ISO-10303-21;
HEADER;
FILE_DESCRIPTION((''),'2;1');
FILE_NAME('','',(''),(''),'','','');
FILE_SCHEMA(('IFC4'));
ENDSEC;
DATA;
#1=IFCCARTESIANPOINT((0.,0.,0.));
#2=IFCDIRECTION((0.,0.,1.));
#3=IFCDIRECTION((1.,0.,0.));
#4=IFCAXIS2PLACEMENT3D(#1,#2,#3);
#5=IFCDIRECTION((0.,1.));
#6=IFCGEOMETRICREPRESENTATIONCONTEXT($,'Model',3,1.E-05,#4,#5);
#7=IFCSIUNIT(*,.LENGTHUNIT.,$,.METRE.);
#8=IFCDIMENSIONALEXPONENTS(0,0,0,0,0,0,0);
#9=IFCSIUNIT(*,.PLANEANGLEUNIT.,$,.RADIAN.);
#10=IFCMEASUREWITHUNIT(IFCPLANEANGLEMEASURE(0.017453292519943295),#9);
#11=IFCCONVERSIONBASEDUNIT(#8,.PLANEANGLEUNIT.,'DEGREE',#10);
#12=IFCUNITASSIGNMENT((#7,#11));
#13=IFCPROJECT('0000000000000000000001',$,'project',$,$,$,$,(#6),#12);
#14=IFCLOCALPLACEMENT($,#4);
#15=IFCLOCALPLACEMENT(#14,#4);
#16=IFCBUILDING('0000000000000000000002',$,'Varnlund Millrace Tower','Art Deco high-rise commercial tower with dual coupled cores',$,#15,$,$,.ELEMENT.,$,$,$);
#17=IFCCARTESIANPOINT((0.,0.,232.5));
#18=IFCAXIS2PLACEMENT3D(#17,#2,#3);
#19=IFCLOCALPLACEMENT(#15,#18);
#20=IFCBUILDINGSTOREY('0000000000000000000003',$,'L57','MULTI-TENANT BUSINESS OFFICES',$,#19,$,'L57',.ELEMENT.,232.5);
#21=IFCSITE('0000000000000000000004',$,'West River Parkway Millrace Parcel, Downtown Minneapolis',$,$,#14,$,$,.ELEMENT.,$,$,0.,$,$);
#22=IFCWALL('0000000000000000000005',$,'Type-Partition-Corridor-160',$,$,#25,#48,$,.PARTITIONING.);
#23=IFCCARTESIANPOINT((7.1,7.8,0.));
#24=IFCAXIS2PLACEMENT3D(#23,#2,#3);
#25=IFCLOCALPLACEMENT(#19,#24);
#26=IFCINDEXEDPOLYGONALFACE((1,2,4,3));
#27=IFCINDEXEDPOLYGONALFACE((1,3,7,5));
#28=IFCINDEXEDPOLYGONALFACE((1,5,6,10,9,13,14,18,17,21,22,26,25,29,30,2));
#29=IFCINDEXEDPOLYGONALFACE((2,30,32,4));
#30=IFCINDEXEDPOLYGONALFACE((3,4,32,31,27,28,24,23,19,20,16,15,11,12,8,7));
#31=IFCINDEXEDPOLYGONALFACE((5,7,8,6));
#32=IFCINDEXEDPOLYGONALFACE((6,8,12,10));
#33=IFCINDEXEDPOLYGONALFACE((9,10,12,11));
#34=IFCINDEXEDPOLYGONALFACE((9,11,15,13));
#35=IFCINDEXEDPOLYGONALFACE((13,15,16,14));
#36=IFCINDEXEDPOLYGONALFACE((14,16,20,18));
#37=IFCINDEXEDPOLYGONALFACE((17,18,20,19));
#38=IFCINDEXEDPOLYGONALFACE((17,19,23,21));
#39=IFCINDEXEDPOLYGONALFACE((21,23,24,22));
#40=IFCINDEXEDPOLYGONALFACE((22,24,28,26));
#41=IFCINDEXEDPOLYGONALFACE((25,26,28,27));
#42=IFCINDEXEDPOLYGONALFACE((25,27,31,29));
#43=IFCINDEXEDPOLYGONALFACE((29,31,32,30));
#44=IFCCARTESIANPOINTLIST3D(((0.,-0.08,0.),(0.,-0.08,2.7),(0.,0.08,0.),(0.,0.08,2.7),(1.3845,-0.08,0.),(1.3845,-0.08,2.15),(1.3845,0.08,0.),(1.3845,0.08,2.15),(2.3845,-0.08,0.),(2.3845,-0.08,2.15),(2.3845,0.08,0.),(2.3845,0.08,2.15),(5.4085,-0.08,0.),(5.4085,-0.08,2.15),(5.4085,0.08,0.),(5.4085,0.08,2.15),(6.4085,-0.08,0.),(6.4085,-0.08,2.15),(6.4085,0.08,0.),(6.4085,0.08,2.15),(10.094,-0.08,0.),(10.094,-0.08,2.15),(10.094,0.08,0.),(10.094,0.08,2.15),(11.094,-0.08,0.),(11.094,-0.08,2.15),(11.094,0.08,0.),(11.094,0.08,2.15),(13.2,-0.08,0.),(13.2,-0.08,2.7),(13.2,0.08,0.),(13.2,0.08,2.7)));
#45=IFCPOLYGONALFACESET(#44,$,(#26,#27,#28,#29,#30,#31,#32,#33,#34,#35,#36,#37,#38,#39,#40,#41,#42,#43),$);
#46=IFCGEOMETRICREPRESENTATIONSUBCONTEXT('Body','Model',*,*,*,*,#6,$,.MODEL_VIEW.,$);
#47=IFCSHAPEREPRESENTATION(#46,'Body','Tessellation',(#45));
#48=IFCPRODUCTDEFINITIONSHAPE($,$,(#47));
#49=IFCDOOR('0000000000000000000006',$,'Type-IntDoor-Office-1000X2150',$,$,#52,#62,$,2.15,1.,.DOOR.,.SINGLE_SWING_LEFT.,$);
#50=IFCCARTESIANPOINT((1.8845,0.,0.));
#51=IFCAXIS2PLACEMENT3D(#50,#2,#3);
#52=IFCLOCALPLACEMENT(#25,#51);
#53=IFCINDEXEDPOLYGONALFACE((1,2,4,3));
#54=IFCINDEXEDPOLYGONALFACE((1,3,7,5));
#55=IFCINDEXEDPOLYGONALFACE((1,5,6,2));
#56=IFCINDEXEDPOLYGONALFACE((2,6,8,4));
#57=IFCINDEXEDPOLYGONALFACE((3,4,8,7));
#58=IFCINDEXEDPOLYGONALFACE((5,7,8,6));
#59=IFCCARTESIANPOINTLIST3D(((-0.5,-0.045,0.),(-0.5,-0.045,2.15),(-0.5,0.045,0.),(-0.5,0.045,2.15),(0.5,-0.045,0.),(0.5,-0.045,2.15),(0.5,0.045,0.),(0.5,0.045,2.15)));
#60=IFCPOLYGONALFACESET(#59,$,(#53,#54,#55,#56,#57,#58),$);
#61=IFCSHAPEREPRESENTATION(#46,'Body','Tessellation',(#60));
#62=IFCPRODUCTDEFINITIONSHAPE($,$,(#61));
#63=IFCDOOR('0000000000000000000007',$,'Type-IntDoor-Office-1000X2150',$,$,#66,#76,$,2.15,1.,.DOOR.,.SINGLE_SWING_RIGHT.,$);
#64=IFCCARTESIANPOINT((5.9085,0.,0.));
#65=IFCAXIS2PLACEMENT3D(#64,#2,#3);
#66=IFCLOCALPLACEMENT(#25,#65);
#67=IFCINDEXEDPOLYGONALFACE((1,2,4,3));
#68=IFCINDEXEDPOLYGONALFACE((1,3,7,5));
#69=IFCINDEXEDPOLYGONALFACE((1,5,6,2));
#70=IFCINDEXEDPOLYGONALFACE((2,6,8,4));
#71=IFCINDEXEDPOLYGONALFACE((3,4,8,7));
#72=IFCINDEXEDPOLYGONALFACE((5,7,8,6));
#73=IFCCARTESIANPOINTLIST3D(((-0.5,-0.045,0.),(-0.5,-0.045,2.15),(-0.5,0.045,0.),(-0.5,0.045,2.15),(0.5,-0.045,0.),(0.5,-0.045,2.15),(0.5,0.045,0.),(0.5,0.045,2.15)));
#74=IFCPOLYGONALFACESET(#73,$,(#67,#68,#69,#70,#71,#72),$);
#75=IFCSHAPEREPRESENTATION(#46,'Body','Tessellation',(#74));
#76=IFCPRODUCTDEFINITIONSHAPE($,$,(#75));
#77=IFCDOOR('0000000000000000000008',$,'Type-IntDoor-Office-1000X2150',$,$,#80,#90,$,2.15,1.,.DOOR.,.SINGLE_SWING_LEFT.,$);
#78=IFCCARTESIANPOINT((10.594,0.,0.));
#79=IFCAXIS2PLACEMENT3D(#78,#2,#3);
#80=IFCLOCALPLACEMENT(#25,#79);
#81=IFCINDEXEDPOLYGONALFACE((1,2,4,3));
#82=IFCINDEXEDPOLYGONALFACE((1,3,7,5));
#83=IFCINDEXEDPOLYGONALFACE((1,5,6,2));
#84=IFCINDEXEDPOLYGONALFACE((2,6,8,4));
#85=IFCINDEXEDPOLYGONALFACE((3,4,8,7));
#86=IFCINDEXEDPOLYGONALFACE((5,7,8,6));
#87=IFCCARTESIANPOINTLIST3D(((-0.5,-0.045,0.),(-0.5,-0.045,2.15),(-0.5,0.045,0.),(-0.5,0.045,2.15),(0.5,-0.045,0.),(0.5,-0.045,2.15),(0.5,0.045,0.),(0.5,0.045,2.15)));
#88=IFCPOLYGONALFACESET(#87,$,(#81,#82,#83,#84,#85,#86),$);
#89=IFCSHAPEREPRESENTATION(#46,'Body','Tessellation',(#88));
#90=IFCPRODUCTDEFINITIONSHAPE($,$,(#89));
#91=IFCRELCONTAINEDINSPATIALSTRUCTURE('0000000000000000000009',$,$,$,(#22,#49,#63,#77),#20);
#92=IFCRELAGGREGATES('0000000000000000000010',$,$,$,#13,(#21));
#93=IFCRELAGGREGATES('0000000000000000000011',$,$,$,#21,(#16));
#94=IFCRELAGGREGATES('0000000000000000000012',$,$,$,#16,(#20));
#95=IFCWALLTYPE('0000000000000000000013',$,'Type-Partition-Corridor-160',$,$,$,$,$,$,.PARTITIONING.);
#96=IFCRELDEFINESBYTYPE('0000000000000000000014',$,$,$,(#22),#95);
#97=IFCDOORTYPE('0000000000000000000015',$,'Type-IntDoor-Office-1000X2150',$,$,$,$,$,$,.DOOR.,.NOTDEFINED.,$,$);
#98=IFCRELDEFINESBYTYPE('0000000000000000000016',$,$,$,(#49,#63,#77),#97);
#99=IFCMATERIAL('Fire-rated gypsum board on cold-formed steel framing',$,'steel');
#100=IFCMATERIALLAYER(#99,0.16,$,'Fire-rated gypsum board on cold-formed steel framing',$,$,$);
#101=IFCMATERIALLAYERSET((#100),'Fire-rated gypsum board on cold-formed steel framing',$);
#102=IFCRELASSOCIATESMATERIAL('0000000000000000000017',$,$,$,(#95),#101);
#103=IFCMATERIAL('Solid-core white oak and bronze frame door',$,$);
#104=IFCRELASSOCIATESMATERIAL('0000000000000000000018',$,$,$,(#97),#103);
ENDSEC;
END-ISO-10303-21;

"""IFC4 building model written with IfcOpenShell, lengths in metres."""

from ifc_helpers import new_model, entity, si_unit, converted_unit, direction, frame, origin_with_axes, origin_2d_with_axis, place, context, subcontext, project, spatial, polyline, rectangle, outline, extrude, material, layer, layer_set, type_object, element, fill, save


model = new_model("IFC4")

# Units and contexts
model_context = context("Model", 3, precision=1e-05, world=origin_with_axes(), true_north=direction((0.0, 1.0)))
body_context = subcontext(model_context, "Body", "Model", "MODEL_VIEW")
ifc_project = project(units=[si_unit("LENGTHUNIT", "METRE"), converted_unit("PLANEANGLEUNIT", "DEGREE", entity("IfcPlaneAngleMeasure", 0.017453292519943295), si_unit("PLANEANGLEUNIT", "RADIAN"), dimensions=[0, 0, 0, 0, 0, 0, 0])], contexts=[model_context])

# Site, building, storey
site_placement = place(None, origin_with_axes())
site = spatial("IfcSite", under=ifc_project, at=site_placement, Name="West River Parkway Millrace Parcel, Downtown Minneapolis", CompositionType="ELEMENT", RefElevation=0.0)
building_placement = place(site_placement, origin_with_axes())
building = spatial("IfcBuilding", under=site, at=building_placement, Name="Varnlund Millrace Tower", Description="Art Deco high-rise commercial tower with dual coupled cores", CompositionType="ELEMENT")
storey_placement = place(building_placement, frame((0.0, 0.0, 232.5), z_axis=(0.0, 0.0, 1.0), x_axis=(1.0, 0.0, 0.0)))
storey = spatial("IfcBuildingStorey", under=building, at=storey_placement, Name="L57", Description="MULTI-TENANT BUSINESS OFFICES", LongName="L57", CompositionType="ELEMENT", Elevation=232.5)

# Wall, openings, doors
ifc_material_1 = material(Name="Fire-rated gypsum board on cold-formed steel framing", Category="steel")
ifc_layer_1 = layer(ifc_material_1, 0.16, Name="Fire-rated gypsum board on cold-formed steel framing")
ifc_layer_set_1 = layer_set([ifc_layer_1], Name="Fire-rated gypsum board on cold-formed steel framing")
wall_type_1 = type_object("IfcWallType", Name="Type-Partition-Corridor-160", PredefinedType="PARTITIONING", material=ifc_layer_set_1)
wall_1_placement = place(storey_placement, frame((7.1, 7.8, 0.0), z_axis=(0.0, 0.0, 1.0), x_axis=(1.0, 0.0, 0.0)))
wall_1 = element("IfcWall", 1, at=wall_1_placement, inside=storey, type_object=wall_type_1, Name="Type-Partition-Corridor-160", PredefinedType="PARTITIONING", context=body_context, shape_type="SweptSolid", body=[
    extrude(outline(polyline([(0.0, -0.08), (13.2, -0.08), (13.2, 0.08), (0.0, 0.08), (0.0, -0.08)])), origin_with_axes(), (0.0, 0.0, 1.0), 2.7),
])
opening_1_placement = place(wall_1_placement, frame((1.8845, 0.0, 0.0), z_axis=(0.0, 0.0, 1.0), x_axis=(1.0, 0.0, 0.0)))
opening_1 = element("IfcOpeningElement", 2, at=opening_1_placement, cuts=wall_1, PredefinedType="OPENING", context=body_context, shape_type="SweptSolid", body=[
    extrude(rectangle(XDim=1.0, YDim=0.18, at=origin_2d_with_axis()), origin_with_axes(), (0.0, 0.0, 1.0), 2.15),
])
opening_2_placement = place(wall_1_placement, frame((5.9085, 0.0, 0.0), z_axis=(0.0, 0.0, 1.0), x_axis=(1.0, 0.0, 0.0)))
opening_2 = element("IfcOpeningElement", 3, at=opening_2_placement, cuts=wall_1, PredefinedType="OPENING", context=body_context, shape_type="SweptSolid", body=[
    extrude(rectangle(XDim=1.0, YDim=0.18, at=origin_2d_with_axis()), origin_with_axes(), (0.0, 0.0, 1.0), 2.15),
])
opening_3_placement = place(wall_1_placement, frame((10.594, 0.0, 0.0), z_axis=(0.0, 0.0, 1.0), x_axis=(1.0, 0.0, 0.0)))
opening_3 = element("IfcOpeningElement", 4, at=opening_3_placement, cuts=wall_1, PredefinedType="OPENING", context=body_context, shape_type="SweptSolid", body=[
    extrude(rectangle(XDim=1.0, YDim=0.18, at=origin_2d_with_axis()), origin_with_axes(), (0.0, 0.0, 1.0), 2.15),
])
ifc_material_2 = material(Name="Solid-core white oak and bronze frame door")
door_type_1 = type_object("IfcDoorType", Name="Type-IntDoor-Office-1000X2150", OperationType="NOTDEFINED", PredefinedType="DOOR", material=ifc_material_2)
door_1_placement = place(wall_1_placement, frame((1.8845, 0.0, 0.0), z_axis=(0.0, 0.0, 1.0), x_axis=(1.0, 0.0, 0.0)))
door_1 = element("IfcDoor", 5, at=door_1_placement, inside=storey, type_object=door_type_1, Name="Type-IntDoor-Office-1000X2150", OperationType="SINGLE_SWING_LEFT", OverallHeight=2.15, OverallWidth=1.0, PredefinedType="DOOR", context=body_context, shape_type="SweptSolid", body=[
    extrude(rectangle(XDim=1.0, YDim=0.09, at=origin_2d_with_axis()), origin_with_axes(), (0.0, 0.0, 1.0), 2.15),
])
fill(opening_1, door_1)
door_2_placement = place(wall_1_placement, frame((5.9085, 0.0, 0.0), z_axis=(0.0, 0.0, 1.0), x_axis=(1.0, 0.0, 0.0)))
door_2 = element("IfcDoor", 6, at=door_2_placement, inside=storey, type_object=door_type_1, Name="Type-IntDoor-Office-1000X2150", OperationType="SINGLE_SWING_RIGHT", OverallHeight=2.15, OverallWidth=1.0, PredefinedType="DOOR", context=body_context, shape_type="SweptSolid", body=[
    extrude(rectangle(XDim=1.0, YDim=0.09, at=origin_2d_with_axis()), origin_with_axes(), (0.0, 0.0, 1.0), 2.15),
])
fill(opening_2, door_2)
door_3_placement = place(wall_1_placement, frame((10.594, 0.0, 0.0), z_axis=(0.0, 0.0, 1.0), x_axis=(1.0, 0.0, 0.0)))
door_3 = element("IfcDoor", 7, at=door_3_placement, inside=storey, type_object=door_type_1, Name="Type-IntDoor-Office-1000X2150", OperationType="SINGLE_SWING_LEFT", OverallHeight=2.15, OverallWidth=1.0, PredefinedType="DOOR", context=body_context, shape_type="SweptSolid", body=[
    extrude(rectangle(XDim=1.0, YDim=0.09, at=origin_2d_with_axis()), origin_with_axes(), (0.0, 0.0, 1.0), 2.15),
])
fill(opening_3, door_3)

save(model, "model.ifc")
